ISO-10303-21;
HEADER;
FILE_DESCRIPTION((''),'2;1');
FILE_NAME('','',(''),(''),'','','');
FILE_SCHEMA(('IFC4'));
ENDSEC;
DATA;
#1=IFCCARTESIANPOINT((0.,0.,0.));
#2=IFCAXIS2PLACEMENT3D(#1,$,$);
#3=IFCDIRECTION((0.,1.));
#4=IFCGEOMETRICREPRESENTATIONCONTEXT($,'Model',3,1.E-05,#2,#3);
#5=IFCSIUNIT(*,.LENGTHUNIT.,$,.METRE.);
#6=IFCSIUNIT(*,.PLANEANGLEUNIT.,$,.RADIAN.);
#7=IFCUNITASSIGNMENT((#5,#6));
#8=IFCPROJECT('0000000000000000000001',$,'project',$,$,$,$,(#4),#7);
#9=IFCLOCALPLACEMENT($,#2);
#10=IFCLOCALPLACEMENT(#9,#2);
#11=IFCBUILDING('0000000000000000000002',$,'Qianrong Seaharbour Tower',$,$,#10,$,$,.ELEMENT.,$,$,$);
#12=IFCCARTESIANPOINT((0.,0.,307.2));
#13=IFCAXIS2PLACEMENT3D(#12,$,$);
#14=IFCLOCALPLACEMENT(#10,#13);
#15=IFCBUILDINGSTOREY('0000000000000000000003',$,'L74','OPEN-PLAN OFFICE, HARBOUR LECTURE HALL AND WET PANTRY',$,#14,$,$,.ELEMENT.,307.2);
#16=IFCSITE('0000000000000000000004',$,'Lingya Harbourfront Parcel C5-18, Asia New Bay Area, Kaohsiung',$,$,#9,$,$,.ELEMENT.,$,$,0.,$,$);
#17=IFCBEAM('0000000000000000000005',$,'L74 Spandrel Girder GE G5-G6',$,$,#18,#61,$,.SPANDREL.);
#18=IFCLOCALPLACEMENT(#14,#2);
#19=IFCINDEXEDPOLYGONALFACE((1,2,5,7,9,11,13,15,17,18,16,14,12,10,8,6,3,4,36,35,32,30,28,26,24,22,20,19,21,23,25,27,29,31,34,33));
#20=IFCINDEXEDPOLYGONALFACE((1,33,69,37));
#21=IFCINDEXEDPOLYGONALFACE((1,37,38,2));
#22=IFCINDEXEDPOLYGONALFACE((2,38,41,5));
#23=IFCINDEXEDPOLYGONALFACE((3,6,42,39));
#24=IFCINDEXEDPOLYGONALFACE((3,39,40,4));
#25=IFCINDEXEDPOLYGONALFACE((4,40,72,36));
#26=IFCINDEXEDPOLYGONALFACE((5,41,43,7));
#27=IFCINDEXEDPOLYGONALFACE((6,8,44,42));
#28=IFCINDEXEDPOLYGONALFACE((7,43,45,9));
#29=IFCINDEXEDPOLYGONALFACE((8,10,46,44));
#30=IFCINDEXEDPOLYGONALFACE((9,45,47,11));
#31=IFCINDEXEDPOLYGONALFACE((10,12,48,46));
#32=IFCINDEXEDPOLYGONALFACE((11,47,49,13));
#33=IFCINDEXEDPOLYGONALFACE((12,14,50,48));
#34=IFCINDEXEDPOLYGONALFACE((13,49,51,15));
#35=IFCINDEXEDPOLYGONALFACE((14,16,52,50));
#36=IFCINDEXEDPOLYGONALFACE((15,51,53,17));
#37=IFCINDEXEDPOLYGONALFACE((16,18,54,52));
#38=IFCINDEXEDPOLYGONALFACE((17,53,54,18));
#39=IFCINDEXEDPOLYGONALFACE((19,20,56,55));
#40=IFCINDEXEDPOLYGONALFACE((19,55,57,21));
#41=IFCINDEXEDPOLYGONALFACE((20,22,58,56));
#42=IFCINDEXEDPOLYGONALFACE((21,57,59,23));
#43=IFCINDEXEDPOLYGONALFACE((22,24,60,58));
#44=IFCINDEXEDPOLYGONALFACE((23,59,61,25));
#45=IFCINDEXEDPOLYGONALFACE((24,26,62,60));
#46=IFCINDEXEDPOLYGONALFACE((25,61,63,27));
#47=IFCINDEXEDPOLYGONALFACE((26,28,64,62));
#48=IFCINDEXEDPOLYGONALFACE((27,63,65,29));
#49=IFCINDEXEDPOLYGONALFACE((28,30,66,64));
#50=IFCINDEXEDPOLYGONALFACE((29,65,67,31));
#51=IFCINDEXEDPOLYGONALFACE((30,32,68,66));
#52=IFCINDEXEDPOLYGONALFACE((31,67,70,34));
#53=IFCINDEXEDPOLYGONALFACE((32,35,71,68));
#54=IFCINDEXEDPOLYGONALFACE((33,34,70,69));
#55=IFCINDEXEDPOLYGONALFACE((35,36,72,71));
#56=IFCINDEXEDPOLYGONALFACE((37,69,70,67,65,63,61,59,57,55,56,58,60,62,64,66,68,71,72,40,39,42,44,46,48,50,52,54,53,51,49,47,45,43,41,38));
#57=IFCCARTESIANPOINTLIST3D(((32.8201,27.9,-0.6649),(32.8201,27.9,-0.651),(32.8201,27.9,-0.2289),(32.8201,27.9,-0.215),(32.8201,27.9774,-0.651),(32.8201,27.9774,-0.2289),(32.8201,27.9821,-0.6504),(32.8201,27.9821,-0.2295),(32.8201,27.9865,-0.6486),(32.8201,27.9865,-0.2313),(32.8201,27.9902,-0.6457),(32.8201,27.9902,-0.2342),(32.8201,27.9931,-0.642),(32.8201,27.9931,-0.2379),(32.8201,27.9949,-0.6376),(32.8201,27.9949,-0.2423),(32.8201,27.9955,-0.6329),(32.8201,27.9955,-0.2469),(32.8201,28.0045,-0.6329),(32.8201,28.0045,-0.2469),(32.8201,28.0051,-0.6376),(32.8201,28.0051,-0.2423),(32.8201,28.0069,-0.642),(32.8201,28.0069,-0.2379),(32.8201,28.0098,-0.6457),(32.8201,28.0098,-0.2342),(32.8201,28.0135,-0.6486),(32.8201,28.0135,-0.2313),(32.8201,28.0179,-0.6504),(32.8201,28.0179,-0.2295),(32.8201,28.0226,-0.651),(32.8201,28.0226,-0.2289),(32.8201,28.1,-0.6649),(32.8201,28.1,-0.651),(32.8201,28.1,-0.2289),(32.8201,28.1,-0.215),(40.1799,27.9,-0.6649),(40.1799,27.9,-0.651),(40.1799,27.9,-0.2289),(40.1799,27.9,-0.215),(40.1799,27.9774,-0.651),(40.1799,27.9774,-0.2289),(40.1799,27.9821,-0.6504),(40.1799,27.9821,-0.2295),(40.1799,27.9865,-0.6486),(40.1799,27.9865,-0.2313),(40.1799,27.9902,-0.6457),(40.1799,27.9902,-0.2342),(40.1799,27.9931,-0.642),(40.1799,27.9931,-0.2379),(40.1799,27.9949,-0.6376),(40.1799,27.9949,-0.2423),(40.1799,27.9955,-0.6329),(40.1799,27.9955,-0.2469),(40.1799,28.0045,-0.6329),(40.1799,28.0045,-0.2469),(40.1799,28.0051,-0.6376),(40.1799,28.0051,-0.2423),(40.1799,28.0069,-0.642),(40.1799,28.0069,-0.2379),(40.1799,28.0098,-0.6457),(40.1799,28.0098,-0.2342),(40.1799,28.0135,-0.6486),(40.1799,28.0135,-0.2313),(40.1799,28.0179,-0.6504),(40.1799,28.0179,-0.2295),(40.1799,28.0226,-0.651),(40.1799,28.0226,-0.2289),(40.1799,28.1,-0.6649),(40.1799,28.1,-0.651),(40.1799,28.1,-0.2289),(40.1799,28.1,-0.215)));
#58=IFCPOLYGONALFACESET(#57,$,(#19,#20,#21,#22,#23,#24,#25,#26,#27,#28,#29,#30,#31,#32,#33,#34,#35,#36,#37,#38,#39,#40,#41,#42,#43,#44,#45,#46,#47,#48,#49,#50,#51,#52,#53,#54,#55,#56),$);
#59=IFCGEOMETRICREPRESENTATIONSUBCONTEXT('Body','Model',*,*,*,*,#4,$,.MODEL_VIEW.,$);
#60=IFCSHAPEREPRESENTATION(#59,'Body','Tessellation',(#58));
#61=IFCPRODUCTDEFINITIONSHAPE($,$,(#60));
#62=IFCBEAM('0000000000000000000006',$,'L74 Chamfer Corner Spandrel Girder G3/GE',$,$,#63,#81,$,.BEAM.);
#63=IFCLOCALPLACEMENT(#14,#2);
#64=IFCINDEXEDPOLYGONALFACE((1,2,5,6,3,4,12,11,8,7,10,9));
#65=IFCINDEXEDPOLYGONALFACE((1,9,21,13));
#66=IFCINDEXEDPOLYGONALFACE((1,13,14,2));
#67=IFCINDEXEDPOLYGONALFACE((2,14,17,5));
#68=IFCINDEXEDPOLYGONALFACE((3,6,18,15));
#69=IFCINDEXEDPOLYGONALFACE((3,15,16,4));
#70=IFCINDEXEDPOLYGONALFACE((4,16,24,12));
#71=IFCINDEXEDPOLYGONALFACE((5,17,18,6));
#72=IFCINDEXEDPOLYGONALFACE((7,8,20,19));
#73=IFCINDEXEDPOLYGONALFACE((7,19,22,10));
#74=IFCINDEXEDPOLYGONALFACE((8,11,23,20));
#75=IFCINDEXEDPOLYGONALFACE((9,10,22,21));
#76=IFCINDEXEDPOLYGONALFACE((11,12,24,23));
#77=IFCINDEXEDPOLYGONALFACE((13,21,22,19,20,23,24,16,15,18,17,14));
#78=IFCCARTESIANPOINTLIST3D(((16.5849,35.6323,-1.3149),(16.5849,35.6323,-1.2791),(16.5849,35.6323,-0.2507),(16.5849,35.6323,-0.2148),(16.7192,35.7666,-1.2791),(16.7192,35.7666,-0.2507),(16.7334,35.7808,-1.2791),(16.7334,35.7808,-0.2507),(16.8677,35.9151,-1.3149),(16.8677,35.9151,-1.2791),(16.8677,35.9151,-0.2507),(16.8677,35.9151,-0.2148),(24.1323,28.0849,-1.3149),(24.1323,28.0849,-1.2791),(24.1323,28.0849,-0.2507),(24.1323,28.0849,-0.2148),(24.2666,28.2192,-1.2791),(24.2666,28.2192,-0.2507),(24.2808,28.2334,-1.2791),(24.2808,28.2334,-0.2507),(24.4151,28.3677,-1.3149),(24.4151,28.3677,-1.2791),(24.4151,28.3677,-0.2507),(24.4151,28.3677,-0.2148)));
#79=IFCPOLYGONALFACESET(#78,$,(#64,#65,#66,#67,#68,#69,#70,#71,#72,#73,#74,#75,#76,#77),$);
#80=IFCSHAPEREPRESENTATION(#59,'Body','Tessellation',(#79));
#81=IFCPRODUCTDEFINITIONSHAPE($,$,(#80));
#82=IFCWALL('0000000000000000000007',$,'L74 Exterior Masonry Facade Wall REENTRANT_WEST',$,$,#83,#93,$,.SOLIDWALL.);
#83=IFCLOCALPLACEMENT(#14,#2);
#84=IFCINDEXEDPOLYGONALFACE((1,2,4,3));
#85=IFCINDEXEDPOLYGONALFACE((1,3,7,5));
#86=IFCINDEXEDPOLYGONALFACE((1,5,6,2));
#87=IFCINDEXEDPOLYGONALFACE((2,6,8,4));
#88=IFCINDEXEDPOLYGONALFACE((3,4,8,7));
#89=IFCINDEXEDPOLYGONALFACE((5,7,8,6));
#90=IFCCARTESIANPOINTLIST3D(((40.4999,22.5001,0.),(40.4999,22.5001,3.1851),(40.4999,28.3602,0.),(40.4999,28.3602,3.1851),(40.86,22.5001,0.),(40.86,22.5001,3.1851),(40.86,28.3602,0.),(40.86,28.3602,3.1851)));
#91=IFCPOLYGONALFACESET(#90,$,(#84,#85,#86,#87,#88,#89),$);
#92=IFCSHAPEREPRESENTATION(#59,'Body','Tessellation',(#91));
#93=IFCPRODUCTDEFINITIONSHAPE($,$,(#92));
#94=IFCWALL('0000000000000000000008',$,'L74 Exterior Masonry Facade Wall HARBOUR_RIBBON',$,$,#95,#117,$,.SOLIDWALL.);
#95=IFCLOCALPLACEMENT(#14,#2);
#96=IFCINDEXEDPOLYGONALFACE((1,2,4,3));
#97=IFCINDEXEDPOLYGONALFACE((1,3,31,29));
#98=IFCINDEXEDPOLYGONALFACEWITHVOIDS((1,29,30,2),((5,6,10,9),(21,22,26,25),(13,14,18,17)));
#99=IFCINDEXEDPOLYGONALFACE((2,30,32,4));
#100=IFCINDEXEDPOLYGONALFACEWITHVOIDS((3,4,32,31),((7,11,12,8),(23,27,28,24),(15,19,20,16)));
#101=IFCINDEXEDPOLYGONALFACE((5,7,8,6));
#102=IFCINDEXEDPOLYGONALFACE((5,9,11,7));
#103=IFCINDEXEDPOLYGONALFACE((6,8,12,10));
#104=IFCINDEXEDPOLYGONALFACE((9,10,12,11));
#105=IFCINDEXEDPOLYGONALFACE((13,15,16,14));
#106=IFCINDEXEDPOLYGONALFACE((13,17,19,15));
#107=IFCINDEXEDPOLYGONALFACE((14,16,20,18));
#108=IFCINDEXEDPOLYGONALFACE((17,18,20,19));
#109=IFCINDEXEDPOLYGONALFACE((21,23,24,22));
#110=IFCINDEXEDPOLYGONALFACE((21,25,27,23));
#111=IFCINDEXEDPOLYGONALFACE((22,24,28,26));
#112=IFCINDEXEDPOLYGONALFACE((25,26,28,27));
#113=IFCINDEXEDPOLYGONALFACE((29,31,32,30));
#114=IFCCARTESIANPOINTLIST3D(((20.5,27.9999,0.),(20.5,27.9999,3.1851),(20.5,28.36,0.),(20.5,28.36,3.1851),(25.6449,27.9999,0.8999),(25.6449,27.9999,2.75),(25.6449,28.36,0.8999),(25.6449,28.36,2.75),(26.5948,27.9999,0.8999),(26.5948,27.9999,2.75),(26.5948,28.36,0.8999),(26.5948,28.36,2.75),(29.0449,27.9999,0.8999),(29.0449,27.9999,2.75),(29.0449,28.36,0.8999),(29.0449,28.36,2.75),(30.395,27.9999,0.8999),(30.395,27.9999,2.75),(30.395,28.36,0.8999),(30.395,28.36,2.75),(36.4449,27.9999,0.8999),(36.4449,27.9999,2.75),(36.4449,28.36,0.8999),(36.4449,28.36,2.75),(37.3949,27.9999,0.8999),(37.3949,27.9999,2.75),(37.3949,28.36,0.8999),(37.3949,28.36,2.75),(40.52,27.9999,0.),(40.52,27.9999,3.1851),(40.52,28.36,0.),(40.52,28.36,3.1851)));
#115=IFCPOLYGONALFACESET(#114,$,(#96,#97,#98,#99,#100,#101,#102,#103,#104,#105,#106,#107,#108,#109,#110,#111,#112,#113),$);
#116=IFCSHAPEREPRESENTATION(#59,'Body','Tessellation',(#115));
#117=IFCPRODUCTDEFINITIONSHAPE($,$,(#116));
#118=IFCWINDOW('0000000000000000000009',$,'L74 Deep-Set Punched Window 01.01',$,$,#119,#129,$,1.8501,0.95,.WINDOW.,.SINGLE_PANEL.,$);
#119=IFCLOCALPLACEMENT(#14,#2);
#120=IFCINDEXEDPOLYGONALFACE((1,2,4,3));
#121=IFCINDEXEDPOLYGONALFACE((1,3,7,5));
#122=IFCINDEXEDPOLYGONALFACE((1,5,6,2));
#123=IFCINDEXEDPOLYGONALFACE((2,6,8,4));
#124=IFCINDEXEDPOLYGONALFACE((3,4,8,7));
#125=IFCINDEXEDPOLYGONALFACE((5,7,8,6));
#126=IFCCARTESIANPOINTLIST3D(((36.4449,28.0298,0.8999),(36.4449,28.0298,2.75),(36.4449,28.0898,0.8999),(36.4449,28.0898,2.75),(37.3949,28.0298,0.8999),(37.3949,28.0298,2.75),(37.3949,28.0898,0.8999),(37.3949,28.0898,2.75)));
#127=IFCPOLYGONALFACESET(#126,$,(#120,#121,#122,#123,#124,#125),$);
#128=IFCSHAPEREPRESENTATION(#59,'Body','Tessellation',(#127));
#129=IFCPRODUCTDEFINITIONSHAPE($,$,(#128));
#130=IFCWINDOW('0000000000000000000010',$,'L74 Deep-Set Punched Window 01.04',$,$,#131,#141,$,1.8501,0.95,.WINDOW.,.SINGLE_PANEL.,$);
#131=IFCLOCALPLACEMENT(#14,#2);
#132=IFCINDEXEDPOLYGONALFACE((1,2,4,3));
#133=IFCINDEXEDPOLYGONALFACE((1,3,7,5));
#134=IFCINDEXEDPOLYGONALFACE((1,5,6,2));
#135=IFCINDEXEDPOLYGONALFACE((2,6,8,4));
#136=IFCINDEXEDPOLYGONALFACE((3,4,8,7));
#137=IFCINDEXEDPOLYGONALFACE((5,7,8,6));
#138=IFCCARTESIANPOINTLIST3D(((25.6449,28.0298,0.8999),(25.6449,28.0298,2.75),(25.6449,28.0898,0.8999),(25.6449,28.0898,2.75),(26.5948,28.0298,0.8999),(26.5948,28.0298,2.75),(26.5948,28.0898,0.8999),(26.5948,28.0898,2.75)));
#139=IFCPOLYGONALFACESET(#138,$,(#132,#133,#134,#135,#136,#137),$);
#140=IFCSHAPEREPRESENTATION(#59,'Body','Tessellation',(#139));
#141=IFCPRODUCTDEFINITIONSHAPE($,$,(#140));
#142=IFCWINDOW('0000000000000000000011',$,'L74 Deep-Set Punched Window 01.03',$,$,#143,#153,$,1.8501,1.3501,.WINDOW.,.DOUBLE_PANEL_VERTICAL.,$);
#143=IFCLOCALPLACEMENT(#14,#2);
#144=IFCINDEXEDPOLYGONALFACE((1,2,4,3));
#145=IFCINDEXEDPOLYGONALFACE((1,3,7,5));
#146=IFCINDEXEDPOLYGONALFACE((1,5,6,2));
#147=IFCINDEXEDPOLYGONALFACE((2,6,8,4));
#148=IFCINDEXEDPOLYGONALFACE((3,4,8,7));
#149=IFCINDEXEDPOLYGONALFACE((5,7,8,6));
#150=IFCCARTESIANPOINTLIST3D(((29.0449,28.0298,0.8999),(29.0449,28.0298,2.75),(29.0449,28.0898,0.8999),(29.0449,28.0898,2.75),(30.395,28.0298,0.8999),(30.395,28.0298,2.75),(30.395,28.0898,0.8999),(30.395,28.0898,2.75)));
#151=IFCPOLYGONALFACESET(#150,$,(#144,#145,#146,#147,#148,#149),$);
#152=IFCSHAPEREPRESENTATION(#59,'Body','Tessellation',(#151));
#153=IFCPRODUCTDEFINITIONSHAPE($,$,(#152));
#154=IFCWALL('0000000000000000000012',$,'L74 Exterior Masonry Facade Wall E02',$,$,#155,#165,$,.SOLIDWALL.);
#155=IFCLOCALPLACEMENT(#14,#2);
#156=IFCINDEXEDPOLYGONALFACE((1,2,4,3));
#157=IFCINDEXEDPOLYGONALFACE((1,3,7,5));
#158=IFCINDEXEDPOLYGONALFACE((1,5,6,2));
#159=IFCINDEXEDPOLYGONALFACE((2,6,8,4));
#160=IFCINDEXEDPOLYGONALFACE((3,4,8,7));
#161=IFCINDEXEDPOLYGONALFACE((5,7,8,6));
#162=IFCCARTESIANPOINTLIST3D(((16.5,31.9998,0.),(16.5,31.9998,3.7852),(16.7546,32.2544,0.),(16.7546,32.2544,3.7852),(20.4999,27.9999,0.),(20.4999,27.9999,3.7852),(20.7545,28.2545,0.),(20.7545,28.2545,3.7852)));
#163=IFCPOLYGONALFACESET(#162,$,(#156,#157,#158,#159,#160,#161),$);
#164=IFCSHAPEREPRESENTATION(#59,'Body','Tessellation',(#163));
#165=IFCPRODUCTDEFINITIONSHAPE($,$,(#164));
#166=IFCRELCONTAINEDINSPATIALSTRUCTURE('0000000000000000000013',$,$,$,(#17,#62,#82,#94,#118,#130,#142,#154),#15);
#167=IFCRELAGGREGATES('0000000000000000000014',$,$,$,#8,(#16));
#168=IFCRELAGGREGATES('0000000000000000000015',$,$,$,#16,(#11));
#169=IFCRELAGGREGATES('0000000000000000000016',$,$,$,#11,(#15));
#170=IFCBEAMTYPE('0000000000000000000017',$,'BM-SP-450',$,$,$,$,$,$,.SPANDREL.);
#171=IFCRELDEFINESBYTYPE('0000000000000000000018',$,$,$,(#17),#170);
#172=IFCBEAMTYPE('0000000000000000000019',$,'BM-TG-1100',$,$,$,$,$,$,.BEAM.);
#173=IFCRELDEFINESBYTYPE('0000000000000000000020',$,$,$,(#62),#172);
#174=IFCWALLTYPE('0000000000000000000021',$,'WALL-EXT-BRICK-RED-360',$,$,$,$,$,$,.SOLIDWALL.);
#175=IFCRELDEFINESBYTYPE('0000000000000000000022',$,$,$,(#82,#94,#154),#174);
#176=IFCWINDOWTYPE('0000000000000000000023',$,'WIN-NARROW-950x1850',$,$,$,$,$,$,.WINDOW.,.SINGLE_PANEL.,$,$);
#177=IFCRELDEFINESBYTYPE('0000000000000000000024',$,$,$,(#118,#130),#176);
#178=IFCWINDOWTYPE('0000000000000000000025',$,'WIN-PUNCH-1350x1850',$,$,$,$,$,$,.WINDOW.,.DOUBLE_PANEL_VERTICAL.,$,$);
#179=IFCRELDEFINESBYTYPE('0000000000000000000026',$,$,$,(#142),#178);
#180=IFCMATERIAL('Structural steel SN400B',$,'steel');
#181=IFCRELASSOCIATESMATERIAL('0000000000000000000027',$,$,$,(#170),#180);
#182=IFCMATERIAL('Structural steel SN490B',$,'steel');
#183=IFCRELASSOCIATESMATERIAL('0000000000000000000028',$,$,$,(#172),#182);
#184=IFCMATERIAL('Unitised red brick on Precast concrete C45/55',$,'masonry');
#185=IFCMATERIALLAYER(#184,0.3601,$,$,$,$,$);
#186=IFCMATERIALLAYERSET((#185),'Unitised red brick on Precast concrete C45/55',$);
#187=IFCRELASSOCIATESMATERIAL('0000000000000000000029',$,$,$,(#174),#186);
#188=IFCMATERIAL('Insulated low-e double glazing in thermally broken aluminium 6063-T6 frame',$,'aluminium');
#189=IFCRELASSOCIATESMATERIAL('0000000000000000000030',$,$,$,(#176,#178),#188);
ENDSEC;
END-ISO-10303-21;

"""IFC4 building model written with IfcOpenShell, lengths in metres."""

from ifc_helpers import new_model, si_unit, direction, frame, frame_2d, origin, origin_2d, place, context, subcontext, project, spatial, rectangle, i_section, extrude, material, layer, layer_set, material_profile, profile_set, type_object, element, fill, save


model = new_model("IFC4")

# Units and contexts
model_context = context("Model", 3, precision=1e-05, world=origin(), true_north=direction((0.0, 1.0)))
body_context = subcontext(model_context, "Body", "Model", "MODEL_VIEW")
ifc_project = project(units=[si_unit("LENGTHUNIT", "METRE"), si_unit("PLANEANGLEUNIT", "RADIAN")], contexts=[model_context])

# Site, building, storey
site_placement = place(None, origin())
site = spatial("IfcSite", under=ifc_project, at=site_placement, Name="Lingya Harbourfront Parcel C5-18, Asia New Bay Area, Kaohsiung", CompositionType="ELEMENT", RefElevation=0.0)
building_placement = place(site_placement, origin())
building = spatial("IfcBuilding", under=site, at=building_placement, Name="Qianrong Seaharbour Tower", CompositionType="ELEMENT")
storey_placement = place(building_placement, frame((0.0, 0.0, 307.2)))
storey = spatial("IfcBuildingStorey", under=building, at=storey_placement, Name="L74", Description="OPEN-PLAN OFFICE, HARBOUR LECTURE HALL AND WET PANTRY", CompositionType="ELEMENT", Elevation=307.2)

# Shared definitions
ifc_material_1 = material(Name="Structural steel SN490B", Category="steel")
ifc_material_2 = material(Name="Structural steel SN400B", Category="steel")

# Beams
ifc_material_profile_1 = material_profile(ifc_material_2, i_section(OverallWidth=0.2, OverallDepth=0.45, WebThickness=0.009, FlangeThickness=0.0139, FilletRadius=0.0181, at=origin_2d()), Name="H450x200x9x14")
ifc_profile_set_1 = profile_set([ifc_material_profile_1], Name="Structural steel SN400B")
beam_type_1 = type_object("IfcBeamType", Name="BM-SP-450", PredefinedType="SPANDREL", material=ifc_profile_set_1)
for number, where, z_axis, x_axis, name in (
    (1, (32.8201, 28.0, -0.4399), (1.0, 0.0, 0.0), (0.0, 1.0, 0.0), "L74 Spandrel Girder GE G5-G6"),
):
    element("IfcBeam", number, at=place(storey_placement, frame(where, z_axis=z_axis, x_axis=x_axis)), inside=storey, type_object=beam_type_1, Name=name, PredefinedType="SPANDREL", context=body_context, shape_type="SweptSolid", body=[
        extrude(i_section(OverallWidth=0.2, OverallDepth=0.45, WebThickness=0.009, FlangeThickness=0.0139, FilletRadius=0.0181, at=origin_2d()), origin(), (0.0, 0.0, 1.0), 7.3599),
    ])
ifc_material_profile_2 = material_profile(ifc_material_1, i_section(OverallWidth=0.3999, OverallDepth=1.1001, WebThickness=0.02, FlangeThickness=0.0359, at=origin_2d()), Name="BH1100x400x20x36")
ifc_profile_set_2 = profile_set([ifc_material_profile_2], Name="Structural steel SN490B")
beam_type_2 = type_object("IfcBeamType", Name="BM-TG-1100", PredefinedType="BEAM", material=ifc_profile_set_2)
beam_placement = place(storey_placement, frame((24.2737, 28.2263, -0.7649), z_axis=(-0.707107, 0.707107, 0.0), x_axis=(-0.707107, -0.707107, 0.0)))
element("IfcBeam", 2, at=beam_placement, inside=storey, type_object=beam_type_2, Name="L74 Chamfer Corner Spandrel Girder G3/GE", PredefinedType="BEAM", context=body_context, shape_type="SweptSolid", body=[
    extrude(i_section(OverallWidth=0.3999, OverallDepth=1.1001, WebThickness=0.02, FlangeThickness=0.0359, at=origin_2d()), origin(), (0.0, 0.0, 1.0), 10.6736),
])

# Wall
ifc_material_3 = material(Name="Unitised red brick on Precast concrete C45/55", Category="masonry")
ifc_layer_1 = layer(ifc_material_3, 0.3601)
ifc_layer_set_1 = layer_set([ifc_layer_1], Name="Unitised red brick on Precast concrete C45/55")
wall_type_1 = type_object("IfcWallType", Name="WALL-EXT-BRICK-RED-360", PredefinedType="SOLIDWALL", material=ifc_layer_set_1)
wall_1_placement = place(storey_placement, frame((40.6799, 22.5, 0.0), z_axis=(0.0, 0.0, 1.0), x_axis=(0.0, 1.0, 0.0)))
element("IfcWall", 3, at=wall_1_placement, inside=storey, type_object=wall_type_1, Name="L74 Exterior Masonry Facade Wall REENTRANT_WEST", PredefinedType="SOLIDWALL", context=body_context, shape_type="SweptSolid", body=[
    extrude(rectangle(XDim=5.8601, YDim=0.3601, at=frame_2d((2.9302, 0.0))), origin(), (0.0, 0.0, 1.0), 3.1851),
])

# Wall, openings, windows
wall_2_placement = place(storey_placement, frame((40.52, 28.1799, 0.0), z_axis=(0.0, 0.0, 1.0), x_axis=(-1.0, 0.0, 0.0)))
wall_2 = element("IfcWall", 4, at=wall_2_placement, inside=storey, type_object=wall_type_1, Name="L74 Exterior Masonry Facade Wall HARBOUR_RIBBON", PredefinedType="SOLIDWALL", context=body_context, shape_type="SweptSolid", body=[
    extrude(rectangle(XDim=20.02, YDim=0.3601, at=frame_2d((10.01, 0.0))), origin(), (0.0, 0.0, 1.0), 3.1851),
])
opening_1_placement = place(wall_2_placement, frame((3.125, 0.0, 0.8999)))
opening_1 = element("IfcOpeningElement", 5, at=opening_1_placement, cuts=wall_2, PredefinedType="OPENING", context=body_context, shape_type="SweptSolid", body=[
    extrude(rectangle(XDim=0.95, YDim=1.8501, at=frame_2d((0.4751, 0.925))), frame((0.0, 0.1899, 0.0), z_axis=(0.0, -1.0, 0.0), x_axis=(1.0, 0.0, 0.0)), (0.0, 0.0, 1.0), 0.3801),
])
opening_2_placement = place(wall_2_placement, frame((10.125, 0.0, 0.8999)))
opening_2 = element("IfcOpeningElement", 6, at=opening_2_placement, cuts=wall_2, PredefinedType="OPENING", context=body_context, shape_type="SweptSolid", body=[
    extrude(rectangle(XDim=1.3501, YDim=1.8501, at=frame_2d((0.675, 0.925))), frame((0.0, 0.1899, 0.0), z_axis=(0.0, -1.0, 0.0), x_axis=(1.0, 0.0, 0.0)), (0.0, 0.0, 1.0), 0.3801),
])
opening_3_placement = place(wall_2_placement, frame((13.925, 0.0, 0.8999)))
opening_3 = element("IfcOpeningElement", 7, at=opening_3_placement, cuts=wall_2, PredefinedType="OPENING", context=body_context, shape_type="SweptSolid", body=[
    extrude(rectangle(XDim=0.95, YDim=1.8501, at=frame_2d((0.4751, 0.925))), frame((0.0, 0.1899, 0.0), z_axis=(0.0, -1.0, 0.0), x_axis=(1.0, 0.0, 0.0)), (0.0, 0.0, 1.0), 0.3801),
])
ifc_material_4 = material(Name="Insulated low-e double glazing in thermally broken aluminium 6063-T6 frame", Category="aluminium")
window_type_1 = type_object("IfcWindowType", Name="WIN-NARROW-950x1850", PartitioningType="SINGLE_PANEL", PredefinedType="WINDOW", material=ifc_material_4)
window_1_placement = place(opening_1_placement, origin())
window_1 = element("IfcWindow", 8, at=window_1_placement, inside=storey, type_object=window_type_1, Name="L74 Deep-Set Punched Window 01.01", OverallHeight=1.8501, OverallWidth=0.95, PartitioningType="SINGLE_PANEL", PredefinedType="WINDOW", context=body_context, shape_type="SweptSolid", body=[
    extrude(rectangle(XDim=0.95, YDim=1.8501, at=frame_2d((0.4751, 0.925))), frame((0.0, 0.1501, 0.0), z_axis=(0.0, -1.0, 0.0), x_axis=(1.0, 0.0, 0.0)), (0.0, 0.0, 1.0), 0.0601),
])
fill(opening_1, window_1)
window_2_placement = place(opening_3_placement, origin())
window_2 = element("IfcWindow", 9, at=window_2_placement, inside=storey, type_object=window_type_1, Name="L74 Deep-Set Punched Window 01.04", OverallHeight=1.8501, OverallWidth=0.95, PartitioningType="SINGLE_PANEL", PredefinedType="WINDOW", context=body_context, shape_type="SweptSolid", body=[
    extrude(rectangle(XDim=0.95, YDim=1.8501, at=frame_2d((0.4751, 0.925))), frame((0.0, 0.1501, 0.0), z_axis=(0.0, -1.0, 0.0), x_axis=(1.0, 0.0, 0.0)), (0.0, 0.0, 1.0), 0.0601),
])
fill(opening_3, window_2)
window_type_2 = type_object("IfcWindowType", Name="WIN-PUNCH-1350x1850", PartitioningType="DOUBLE_PANEL_VERTICAL", PredefinedType="WINDOW", material=ifc_material_4)
window_3_placement = place(opening_2_placement, origin())
window_3 = element("IfcWindow", 10, at=window_3_placement, inside=storey, type_object=window_type_2, Name="L74 Deep-Set Punched Window 01.03", OverallHeight=1.8501, OverallWidth=1.3501, PartitioningType="DOUBLE_PANEL_VERTICAL", PredefinedType="WINDOW", context=body_context, shape_type="SweptSolid", body=[
    extrude(rectangle(XDim=1.3501, YDim=1.8501, at=frame_2d((0.675, 0.925))), frame((0.0, 0.1501, 0.0), z_axis=(0.0, -1.0, 0.0), x_axis=(1.0, 0.0, 0.0)), (0.0, 0.0, 1.0), 0.0601),
])
fill(opening_2, window_3)

# Wall
wall_3_placement = place(storey_placement, frame((20.6272, 28.1272, 0.0), z_axis=(0.0, 0.0, 1.0), x_axis=(-0.707107, 0.707107, 0.0)))
element("IfcWall", 11, at=wall_3_placement, inside=storey, type_object=wall_type_1, Name="L74 Exterior Masonry Facade Wall E02", PredefinedType="SOLIDWALL", context=body_context, shape_type="SweptSolid", body=[
    extrude(rectangle(XDim=5.6567, YDim=0.3601, at=frame_2d((2.8284, 0.0))), origin(), (0.0, 0.0, 1.0), 3.7852),
])

save(model, "model.ifc")
